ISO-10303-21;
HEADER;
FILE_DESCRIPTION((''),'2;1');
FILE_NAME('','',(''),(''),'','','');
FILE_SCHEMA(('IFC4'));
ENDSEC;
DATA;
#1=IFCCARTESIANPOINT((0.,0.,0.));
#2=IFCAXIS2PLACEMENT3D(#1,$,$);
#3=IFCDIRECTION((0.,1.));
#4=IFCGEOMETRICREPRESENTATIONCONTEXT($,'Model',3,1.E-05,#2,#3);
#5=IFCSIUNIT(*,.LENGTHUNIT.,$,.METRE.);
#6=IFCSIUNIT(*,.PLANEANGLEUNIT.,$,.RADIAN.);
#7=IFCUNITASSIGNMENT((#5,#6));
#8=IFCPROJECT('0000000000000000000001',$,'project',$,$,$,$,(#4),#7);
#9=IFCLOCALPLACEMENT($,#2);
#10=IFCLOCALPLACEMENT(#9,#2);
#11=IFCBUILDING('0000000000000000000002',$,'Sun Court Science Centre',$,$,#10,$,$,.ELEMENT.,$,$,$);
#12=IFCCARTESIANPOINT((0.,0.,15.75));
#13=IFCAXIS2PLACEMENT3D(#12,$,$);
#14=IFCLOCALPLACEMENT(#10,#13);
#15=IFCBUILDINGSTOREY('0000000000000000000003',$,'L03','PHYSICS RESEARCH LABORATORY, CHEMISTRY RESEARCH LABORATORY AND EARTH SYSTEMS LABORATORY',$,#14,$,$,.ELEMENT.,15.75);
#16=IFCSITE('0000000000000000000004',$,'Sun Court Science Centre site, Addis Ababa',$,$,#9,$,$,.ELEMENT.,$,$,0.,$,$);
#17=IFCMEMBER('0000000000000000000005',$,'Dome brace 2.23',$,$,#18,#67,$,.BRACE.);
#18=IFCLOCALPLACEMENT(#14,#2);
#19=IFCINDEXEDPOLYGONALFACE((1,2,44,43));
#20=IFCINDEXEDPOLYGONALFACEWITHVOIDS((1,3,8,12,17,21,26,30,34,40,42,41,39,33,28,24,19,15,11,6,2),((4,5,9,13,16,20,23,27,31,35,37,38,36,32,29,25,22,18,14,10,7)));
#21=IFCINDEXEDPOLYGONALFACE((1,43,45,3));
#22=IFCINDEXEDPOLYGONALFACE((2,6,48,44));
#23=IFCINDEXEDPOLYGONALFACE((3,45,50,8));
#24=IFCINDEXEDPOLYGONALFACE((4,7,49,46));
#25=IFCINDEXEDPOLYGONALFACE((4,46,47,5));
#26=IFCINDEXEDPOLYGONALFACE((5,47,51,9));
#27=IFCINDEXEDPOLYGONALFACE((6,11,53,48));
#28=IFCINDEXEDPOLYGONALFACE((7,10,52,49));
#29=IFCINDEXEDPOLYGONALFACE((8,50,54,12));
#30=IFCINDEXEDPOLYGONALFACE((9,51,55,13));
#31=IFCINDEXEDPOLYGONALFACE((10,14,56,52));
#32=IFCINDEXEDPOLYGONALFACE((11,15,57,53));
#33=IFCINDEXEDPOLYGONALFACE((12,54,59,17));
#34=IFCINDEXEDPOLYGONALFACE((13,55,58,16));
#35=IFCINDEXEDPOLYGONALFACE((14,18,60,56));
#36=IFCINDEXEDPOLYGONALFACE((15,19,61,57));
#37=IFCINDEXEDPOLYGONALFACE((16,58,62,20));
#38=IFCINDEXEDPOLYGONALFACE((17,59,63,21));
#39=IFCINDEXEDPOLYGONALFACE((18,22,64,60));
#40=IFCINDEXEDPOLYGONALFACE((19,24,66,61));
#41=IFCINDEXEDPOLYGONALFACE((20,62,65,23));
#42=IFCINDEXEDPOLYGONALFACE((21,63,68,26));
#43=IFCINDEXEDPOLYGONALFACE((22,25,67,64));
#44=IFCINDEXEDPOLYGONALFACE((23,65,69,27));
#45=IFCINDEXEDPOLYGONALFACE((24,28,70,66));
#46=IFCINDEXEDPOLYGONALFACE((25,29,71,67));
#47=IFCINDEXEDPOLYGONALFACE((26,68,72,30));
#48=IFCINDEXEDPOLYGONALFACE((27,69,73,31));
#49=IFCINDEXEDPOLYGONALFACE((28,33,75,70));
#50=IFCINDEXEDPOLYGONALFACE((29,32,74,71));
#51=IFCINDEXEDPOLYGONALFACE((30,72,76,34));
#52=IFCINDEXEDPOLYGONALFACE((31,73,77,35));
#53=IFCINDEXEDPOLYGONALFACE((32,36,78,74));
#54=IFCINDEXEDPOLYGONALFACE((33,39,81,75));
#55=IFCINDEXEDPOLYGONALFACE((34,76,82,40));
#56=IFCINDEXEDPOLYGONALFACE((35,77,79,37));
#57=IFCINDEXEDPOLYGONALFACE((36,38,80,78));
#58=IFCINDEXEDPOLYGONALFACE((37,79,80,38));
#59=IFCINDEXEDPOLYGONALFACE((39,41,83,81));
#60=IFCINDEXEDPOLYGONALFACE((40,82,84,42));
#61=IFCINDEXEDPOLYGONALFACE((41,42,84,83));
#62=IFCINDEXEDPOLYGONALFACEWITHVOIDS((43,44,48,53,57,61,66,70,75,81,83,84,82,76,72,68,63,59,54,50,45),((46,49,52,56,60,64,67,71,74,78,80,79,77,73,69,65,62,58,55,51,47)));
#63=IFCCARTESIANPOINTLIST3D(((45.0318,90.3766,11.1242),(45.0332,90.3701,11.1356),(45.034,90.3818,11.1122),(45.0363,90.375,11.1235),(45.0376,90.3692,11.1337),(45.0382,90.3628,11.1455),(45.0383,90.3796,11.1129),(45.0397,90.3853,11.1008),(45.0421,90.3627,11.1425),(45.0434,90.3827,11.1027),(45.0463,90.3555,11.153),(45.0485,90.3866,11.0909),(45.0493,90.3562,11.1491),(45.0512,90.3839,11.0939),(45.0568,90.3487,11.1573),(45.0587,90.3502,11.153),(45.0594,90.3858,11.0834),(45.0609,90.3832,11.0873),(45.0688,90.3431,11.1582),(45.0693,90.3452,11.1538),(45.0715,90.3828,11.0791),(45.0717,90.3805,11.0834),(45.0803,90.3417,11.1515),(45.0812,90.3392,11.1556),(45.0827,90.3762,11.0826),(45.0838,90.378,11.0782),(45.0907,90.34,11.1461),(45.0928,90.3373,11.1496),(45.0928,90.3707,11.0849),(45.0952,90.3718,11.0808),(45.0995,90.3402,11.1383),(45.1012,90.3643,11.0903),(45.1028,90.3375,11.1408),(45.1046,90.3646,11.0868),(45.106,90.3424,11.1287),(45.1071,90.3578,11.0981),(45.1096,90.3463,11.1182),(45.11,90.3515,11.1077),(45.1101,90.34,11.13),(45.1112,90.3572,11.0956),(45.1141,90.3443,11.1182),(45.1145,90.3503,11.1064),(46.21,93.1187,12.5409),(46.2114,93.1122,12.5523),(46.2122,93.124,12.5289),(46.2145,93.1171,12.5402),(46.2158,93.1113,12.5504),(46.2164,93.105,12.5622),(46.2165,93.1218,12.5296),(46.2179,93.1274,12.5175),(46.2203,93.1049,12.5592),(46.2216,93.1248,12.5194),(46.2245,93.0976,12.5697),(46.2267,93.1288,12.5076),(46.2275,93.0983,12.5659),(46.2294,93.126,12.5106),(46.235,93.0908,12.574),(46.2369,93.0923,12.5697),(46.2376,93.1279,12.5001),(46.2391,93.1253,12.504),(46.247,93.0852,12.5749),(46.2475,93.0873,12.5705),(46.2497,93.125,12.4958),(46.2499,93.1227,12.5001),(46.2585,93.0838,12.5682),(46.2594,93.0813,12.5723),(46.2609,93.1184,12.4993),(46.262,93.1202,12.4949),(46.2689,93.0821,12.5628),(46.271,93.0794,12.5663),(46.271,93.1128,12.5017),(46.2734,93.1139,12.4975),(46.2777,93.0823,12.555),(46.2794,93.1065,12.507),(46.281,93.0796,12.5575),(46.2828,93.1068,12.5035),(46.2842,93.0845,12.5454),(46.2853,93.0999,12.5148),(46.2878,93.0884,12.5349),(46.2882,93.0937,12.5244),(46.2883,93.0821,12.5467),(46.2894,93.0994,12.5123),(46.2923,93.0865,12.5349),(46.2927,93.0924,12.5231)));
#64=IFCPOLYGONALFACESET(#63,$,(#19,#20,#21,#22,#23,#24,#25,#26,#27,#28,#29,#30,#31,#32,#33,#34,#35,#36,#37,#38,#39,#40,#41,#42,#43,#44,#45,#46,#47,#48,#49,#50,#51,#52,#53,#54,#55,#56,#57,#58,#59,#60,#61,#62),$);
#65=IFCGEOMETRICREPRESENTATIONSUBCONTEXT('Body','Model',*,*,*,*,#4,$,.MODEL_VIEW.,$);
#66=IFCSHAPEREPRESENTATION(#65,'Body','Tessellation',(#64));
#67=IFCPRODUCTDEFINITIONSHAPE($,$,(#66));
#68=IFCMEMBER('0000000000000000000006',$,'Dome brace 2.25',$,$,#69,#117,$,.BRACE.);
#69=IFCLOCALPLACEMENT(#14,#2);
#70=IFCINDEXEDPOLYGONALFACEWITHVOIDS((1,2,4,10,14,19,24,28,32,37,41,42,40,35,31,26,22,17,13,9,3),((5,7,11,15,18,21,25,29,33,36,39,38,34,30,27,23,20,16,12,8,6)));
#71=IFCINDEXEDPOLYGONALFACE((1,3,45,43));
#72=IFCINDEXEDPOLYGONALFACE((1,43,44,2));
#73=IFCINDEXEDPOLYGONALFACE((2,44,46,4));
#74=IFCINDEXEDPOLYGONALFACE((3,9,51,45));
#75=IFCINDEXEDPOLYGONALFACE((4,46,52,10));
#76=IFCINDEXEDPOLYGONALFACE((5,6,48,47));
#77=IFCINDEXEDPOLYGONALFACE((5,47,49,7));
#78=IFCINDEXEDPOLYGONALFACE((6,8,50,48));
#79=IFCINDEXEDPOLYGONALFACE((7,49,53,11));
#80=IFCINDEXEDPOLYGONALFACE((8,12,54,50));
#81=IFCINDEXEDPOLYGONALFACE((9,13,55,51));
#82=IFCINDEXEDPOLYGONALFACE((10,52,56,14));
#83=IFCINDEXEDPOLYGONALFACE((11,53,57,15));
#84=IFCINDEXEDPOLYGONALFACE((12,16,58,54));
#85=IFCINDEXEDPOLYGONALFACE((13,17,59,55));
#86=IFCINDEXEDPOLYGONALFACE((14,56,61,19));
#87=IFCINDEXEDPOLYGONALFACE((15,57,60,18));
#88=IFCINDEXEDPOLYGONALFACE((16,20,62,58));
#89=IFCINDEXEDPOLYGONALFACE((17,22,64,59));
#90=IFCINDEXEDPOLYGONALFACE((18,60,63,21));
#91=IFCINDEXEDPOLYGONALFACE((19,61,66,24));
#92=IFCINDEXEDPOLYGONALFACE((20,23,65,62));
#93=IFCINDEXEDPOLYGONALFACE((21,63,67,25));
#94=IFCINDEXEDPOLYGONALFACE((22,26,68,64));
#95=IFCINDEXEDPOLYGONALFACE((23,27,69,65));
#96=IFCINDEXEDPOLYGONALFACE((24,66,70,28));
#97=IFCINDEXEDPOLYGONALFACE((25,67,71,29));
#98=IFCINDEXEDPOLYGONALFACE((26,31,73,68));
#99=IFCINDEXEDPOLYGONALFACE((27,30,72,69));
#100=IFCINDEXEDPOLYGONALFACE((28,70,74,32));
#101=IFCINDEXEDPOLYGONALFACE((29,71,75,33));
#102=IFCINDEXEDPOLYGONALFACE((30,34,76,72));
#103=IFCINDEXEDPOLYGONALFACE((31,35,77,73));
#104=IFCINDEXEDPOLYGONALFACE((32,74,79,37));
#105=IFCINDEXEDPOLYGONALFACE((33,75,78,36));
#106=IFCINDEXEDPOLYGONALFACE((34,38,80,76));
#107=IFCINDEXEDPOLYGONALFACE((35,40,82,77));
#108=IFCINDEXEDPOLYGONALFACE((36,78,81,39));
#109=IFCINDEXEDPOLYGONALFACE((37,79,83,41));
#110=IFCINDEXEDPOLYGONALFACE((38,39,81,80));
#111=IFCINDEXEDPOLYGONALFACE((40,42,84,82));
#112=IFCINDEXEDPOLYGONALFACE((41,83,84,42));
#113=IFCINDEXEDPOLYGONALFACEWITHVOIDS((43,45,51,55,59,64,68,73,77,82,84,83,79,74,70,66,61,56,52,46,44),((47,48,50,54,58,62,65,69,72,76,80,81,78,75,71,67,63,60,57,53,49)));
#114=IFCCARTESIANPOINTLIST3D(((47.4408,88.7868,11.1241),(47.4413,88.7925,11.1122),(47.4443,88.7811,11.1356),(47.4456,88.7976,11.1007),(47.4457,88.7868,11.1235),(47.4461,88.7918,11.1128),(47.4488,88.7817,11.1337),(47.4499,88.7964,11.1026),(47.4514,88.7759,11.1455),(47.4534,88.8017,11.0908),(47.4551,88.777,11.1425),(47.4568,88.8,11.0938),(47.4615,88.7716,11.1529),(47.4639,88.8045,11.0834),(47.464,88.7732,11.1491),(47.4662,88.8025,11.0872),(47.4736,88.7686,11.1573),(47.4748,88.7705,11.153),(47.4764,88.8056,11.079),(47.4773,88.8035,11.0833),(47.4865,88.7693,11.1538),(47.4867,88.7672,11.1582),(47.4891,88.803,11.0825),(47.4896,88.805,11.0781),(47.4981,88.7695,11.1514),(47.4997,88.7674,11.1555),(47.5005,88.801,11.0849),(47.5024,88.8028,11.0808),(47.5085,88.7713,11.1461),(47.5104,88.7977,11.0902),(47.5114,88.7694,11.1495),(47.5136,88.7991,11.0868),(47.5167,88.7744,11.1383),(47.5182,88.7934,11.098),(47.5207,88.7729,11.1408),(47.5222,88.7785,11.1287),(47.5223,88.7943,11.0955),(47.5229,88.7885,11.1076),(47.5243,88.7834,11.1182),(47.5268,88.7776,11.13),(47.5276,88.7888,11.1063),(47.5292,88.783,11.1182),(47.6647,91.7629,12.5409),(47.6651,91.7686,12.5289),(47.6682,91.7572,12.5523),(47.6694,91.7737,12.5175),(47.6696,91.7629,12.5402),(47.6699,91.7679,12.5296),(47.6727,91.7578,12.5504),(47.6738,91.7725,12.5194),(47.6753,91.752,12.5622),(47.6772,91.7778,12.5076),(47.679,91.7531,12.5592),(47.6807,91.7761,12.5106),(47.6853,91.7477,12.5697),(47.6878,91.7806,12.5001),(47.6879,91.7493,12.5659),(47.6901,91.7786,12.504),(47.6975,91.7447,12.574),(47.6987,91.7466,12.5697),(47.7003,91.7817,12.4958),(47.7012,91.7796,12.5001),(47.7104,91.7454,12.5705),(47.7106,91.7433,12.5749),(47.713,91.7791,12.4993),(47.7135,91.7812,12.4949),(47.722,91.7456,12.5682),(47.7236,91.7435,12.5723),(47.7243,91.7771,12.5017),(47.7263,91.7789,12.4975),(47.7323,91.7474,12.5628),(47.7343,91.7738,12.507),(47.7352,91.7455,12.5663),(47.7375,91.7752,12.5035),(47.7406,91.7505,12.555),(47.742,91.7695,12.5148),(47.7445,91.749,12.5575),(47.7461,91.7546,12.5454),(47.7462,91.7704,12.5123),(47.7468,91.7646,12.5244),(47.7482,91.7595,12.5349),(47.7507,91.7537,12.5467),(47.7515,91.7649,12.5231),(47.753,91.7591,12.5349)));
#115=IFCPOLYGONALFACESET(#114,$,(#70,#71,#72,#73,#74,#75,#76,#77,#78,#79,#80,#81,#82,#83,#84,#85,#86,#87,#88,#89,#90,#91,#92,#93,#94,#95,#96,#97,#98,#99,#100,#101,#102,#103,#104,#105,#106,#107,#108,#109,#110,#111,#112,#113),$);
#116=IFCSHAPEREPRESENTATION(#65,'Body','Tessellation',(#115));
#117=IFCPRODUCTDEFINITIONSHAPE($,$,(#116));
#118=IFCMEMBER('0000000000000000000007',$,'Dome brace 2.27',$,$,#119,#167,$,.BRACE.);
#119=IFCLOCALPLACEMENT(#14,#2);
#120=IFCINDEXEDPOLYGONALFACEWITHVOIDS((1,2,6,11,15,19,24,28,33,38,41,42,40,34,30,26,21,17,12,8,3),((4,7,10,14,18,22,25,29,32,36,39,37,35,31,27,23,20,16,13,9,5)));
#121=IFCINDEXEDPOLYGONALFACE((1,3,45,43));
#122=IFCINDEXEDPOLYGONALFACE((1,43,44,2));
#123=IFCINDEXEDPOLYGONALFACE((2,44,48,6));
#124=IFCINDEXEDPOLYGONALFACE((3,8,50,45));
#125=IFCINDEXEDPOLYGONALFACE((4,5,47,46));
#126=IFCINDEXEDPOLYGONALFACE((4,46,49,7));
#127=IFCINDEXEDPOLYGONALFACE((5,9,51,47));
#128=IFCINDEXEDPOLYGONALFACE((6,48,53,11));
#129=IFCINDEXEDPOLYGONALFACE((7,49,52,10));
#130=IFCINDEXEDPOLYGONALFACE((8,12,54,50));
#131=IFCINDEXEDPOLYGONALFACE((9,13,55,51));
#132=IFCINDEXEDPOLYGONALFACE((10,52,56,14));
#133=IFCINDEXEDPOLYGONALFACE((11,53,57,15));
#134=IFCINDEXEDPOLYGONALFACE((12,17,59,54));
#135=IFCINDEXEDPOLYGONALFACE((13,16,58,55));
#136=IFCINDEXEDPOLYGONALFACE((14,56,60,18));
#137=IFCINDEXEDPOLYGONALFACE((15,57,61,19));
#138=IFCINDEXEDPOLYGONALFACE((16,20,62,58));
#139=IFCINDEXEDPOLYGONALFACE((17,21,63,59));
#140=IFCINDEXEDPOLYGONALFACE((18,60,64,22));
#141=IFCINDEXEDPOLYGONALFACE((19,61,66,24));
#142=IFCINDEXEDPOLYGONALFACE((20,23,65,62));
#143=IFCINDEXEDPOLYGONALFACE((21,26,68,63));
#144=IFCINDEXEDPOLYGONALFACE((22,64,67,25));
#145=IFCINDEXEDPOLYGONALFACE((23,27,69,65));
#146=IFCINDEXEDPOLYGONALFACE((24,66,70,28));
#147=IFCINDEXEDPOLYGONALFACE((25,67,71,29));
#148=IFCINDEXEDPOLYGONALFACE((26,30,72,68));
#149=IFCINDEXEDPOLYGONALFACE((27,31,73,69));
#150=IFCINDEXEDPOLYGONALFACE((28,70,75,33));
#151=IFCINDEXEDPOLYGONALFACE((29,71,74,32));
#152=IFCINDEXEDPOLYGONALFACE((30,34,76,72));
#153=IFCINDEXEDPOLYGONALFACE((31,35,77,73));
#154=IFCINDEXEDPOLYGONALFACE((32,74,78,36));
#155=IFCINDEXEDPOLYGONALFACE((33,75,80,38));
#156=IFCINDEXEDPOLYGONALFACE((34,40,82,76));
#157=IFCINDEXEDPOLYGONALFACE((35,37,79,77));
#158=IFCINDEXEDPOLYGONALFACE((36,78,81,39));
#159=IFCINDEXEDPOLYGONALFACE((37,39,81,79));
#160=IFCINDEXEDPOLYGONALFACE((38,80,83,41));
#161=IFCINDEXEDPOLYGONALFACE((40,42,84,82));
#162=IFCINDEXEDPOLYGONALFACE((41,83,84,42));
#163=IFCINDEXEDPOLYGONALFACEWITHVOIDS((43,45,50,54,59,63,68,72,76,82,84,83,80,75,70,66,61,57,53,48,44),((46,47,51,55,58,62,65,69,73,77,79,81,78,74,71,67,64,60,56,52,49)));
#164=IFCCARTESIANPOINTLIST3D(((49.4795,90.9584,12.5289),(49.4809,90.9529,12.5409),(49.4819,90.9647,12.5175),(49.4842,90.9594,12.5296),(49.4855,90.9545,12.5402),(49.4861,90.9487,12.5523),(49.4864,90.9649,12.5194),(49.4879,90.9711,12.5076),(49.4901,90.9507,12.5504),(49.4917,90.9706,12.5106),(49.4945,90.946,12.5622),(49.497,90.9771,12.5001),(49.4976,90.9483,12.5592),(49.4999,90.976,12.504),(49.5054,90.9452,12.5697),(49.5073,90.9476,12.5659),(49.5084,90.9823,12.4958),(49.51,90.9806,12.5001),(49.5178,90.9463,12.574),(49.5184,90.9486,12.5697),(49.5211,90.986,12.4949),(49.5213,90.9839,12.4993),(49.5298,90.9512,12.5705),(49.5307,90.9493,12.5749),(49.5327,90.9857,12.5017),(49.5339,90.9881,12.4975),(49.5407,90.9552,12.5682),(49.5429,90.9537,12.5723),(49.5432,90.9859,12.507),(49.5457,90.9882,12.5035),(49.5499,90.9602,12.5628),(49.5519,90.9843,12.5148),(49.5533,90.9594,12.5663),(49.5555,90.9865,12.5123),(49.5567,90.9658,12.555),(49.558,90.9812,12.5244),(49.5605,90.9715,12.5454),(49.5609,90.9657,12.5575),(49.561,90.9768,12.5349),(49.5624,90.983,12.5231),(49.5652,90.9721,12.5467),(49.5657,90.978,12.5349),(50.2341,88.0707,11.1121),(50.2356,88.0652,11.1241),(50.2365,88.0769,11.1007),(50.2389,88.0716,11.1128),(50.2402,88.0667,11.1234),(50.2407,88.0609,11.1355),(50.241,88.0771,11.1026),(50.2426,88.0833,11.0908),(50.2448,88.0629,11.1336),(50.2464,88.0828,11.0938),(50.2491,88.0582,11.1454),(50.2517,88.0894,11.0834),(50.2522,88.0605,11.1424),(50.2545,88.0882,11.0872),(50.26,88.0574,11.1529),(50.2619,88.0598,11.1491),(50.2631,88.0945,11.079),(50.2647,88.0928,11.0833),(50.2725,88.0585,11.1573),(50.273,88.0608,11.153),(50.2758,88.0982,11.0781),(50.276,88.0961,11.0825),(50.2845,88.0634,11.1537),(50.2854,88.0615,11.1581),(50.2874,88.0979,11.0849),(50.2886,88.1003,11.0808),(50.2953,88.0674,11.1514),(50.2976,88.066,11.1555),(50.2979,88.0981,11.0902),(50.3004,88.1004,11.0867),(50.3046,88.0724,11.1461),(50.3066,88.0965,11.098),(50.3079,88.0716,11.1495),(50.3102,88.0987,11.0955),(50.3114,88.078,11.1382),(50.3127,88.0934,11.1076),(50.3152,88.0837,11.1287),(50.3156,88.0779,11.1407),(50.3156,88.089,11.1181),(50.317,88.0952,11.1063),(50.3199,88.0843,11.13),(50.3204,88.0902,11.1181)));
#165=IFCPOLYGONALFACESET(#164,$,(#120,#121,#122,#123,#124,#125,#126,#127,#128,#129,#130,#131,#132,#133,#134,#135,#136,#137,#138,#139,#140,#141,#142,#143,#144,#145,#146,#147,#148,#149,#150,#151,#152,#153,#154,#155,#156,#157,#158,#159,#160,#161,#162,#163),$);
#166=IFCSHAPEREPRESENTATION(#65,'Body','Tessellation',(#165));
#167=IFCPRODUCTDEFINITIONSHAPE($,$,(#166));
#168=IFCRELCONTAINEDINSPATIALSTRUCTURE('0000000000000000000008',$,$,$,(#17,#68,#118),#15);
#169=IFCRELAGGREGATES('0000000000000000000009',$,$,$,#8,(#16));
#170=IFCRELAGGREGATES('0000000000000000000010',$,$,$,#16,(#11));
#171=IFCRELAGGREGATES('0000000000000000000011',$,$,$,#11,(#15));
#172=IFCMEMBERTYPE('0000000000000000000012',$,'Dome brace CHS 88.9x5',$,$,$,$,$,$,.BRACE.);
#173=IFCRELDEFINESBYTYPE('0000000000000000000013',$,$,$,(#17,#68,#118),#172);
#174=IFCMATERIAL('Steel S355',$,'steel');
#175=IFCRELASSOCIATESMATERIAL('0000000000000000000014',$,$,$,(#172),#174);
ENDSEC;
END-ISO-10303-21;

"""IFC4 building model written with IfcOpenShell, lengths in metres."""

from ifc_helpers import new_model, si_unit, direction, frame, origin, origin_2d, place, context, subcontext, project, spatial, hollow_circle, extrude, material, material_profile, profile_set, type_object, element, save


model = new_model("IFC4")

# Units and contexts
model_context = context("Model", 3, precision=1e-05, world=origin(), true_north=direction((0.0, 1.0)))
body_context = subcontext(model_context, "Body", "Model", "MODEL_VIEW")
ifc_project = project(units=[si_unit("LENGTHUNIT", "METRE"), si_unit("PLANEANGLEUNIT", "RADIAN")], contexts=[model_context])

# Site, building, storey
site_placement = place(None, origin())
site = spatial("IfcSite", under=ifc_project, at=site_placement, Name="Sun Court Science Centre site, Addis Ababa", CompositionType="ELEMENT", RefElevation=0.0)
building_placement = place(site_placement, origin())
building = spatial("IfcBuilding", under=site, at=building_placement, Name="Sun Court Science Centre", CompositionType="ELEMENT")
storey_placement = place(building_placement, frame((0.0, 0.0, 15.75)))
storey = spatial("IfcBuildingStorey", under=building, at=storey_placement, Name="L03", Description="PHYSICS RESEARCH LABORATORY, CHEMISTRY RESEARCH LABORATORY AND EARTH SYSTEMS LABORATORY", CompositionType="ELEMENT", Elevation=15.75)

# Members
ifc_material_1 = material(Name="Steel S355", Category="steel")
ifc_material_profile_1 = material_profile(ifc_material_1, hollow_circle(Radius=0.0444, WallThickness=0.0049, at=origin_2d()), Name="CHS 88.9x5")
ifc_profile_set_1 = profile_set([ifc_material_profile_1], Name="Steel S355")
member_type_1 = type_object("IfcMemberType", Name="Dome brace CHS 88.9x5", PredefinedType="BRACE", material=ifc_profile_set_1)
for number, where, z_axis, x_axis, name in (
    (1, (46.2515, 93.104, 12.5349), (-0.356628, -0.830015, -0.428826), (0.918781, -0.394768, 0.0), "Dome brace 2.23"),
    (2, (47.7087, 91.7625, 12.5349), (-0.067766, -0.900836, -0.428839), (0.997183, -0.075014, 0.0), "Dome brace 2.25"),
):
    element("IfcMember", number, at=place(storey_placement, frame(where, z_axis=z_axis, x_axis=x_axis)), inside=storey, type_object=member_type_1, Name=name, PredefinedType="BRACE", context=body_context, shape_type="SweptSolid", body=[
        extrude(hollow_circle(Radius=0.0444, WallThickness=0.0049, at=origin_2d()), origin(), (0.0, 0.0, 1.0), 3.3037),
    ])
for number, where, z_axis, x_axis, name in (
    (3, (49.5227, 90.9668, 12.5349), (0.228412, -0.874039, -0.428817), (0.967509, 0.252838, 0.0), "Dome brace 2.27"),
):
    element("IfcMember", number, at=place(storey_placement, frame(where, z_axis=z_axis, x_axis=x_axis)), inside=storey, type_object=member_type_1, Name=name, PredefinedType="BRACE", context=body_context, shape_type="SweptSolid", body=[
        extrude(hollow_circle(Radius=0.0444, WallThickness=0.0049, at=origin_2d()), origin(), (0.0, 0.0, 1.0), 3.304),
    ])

save(model, "model.ifc")
